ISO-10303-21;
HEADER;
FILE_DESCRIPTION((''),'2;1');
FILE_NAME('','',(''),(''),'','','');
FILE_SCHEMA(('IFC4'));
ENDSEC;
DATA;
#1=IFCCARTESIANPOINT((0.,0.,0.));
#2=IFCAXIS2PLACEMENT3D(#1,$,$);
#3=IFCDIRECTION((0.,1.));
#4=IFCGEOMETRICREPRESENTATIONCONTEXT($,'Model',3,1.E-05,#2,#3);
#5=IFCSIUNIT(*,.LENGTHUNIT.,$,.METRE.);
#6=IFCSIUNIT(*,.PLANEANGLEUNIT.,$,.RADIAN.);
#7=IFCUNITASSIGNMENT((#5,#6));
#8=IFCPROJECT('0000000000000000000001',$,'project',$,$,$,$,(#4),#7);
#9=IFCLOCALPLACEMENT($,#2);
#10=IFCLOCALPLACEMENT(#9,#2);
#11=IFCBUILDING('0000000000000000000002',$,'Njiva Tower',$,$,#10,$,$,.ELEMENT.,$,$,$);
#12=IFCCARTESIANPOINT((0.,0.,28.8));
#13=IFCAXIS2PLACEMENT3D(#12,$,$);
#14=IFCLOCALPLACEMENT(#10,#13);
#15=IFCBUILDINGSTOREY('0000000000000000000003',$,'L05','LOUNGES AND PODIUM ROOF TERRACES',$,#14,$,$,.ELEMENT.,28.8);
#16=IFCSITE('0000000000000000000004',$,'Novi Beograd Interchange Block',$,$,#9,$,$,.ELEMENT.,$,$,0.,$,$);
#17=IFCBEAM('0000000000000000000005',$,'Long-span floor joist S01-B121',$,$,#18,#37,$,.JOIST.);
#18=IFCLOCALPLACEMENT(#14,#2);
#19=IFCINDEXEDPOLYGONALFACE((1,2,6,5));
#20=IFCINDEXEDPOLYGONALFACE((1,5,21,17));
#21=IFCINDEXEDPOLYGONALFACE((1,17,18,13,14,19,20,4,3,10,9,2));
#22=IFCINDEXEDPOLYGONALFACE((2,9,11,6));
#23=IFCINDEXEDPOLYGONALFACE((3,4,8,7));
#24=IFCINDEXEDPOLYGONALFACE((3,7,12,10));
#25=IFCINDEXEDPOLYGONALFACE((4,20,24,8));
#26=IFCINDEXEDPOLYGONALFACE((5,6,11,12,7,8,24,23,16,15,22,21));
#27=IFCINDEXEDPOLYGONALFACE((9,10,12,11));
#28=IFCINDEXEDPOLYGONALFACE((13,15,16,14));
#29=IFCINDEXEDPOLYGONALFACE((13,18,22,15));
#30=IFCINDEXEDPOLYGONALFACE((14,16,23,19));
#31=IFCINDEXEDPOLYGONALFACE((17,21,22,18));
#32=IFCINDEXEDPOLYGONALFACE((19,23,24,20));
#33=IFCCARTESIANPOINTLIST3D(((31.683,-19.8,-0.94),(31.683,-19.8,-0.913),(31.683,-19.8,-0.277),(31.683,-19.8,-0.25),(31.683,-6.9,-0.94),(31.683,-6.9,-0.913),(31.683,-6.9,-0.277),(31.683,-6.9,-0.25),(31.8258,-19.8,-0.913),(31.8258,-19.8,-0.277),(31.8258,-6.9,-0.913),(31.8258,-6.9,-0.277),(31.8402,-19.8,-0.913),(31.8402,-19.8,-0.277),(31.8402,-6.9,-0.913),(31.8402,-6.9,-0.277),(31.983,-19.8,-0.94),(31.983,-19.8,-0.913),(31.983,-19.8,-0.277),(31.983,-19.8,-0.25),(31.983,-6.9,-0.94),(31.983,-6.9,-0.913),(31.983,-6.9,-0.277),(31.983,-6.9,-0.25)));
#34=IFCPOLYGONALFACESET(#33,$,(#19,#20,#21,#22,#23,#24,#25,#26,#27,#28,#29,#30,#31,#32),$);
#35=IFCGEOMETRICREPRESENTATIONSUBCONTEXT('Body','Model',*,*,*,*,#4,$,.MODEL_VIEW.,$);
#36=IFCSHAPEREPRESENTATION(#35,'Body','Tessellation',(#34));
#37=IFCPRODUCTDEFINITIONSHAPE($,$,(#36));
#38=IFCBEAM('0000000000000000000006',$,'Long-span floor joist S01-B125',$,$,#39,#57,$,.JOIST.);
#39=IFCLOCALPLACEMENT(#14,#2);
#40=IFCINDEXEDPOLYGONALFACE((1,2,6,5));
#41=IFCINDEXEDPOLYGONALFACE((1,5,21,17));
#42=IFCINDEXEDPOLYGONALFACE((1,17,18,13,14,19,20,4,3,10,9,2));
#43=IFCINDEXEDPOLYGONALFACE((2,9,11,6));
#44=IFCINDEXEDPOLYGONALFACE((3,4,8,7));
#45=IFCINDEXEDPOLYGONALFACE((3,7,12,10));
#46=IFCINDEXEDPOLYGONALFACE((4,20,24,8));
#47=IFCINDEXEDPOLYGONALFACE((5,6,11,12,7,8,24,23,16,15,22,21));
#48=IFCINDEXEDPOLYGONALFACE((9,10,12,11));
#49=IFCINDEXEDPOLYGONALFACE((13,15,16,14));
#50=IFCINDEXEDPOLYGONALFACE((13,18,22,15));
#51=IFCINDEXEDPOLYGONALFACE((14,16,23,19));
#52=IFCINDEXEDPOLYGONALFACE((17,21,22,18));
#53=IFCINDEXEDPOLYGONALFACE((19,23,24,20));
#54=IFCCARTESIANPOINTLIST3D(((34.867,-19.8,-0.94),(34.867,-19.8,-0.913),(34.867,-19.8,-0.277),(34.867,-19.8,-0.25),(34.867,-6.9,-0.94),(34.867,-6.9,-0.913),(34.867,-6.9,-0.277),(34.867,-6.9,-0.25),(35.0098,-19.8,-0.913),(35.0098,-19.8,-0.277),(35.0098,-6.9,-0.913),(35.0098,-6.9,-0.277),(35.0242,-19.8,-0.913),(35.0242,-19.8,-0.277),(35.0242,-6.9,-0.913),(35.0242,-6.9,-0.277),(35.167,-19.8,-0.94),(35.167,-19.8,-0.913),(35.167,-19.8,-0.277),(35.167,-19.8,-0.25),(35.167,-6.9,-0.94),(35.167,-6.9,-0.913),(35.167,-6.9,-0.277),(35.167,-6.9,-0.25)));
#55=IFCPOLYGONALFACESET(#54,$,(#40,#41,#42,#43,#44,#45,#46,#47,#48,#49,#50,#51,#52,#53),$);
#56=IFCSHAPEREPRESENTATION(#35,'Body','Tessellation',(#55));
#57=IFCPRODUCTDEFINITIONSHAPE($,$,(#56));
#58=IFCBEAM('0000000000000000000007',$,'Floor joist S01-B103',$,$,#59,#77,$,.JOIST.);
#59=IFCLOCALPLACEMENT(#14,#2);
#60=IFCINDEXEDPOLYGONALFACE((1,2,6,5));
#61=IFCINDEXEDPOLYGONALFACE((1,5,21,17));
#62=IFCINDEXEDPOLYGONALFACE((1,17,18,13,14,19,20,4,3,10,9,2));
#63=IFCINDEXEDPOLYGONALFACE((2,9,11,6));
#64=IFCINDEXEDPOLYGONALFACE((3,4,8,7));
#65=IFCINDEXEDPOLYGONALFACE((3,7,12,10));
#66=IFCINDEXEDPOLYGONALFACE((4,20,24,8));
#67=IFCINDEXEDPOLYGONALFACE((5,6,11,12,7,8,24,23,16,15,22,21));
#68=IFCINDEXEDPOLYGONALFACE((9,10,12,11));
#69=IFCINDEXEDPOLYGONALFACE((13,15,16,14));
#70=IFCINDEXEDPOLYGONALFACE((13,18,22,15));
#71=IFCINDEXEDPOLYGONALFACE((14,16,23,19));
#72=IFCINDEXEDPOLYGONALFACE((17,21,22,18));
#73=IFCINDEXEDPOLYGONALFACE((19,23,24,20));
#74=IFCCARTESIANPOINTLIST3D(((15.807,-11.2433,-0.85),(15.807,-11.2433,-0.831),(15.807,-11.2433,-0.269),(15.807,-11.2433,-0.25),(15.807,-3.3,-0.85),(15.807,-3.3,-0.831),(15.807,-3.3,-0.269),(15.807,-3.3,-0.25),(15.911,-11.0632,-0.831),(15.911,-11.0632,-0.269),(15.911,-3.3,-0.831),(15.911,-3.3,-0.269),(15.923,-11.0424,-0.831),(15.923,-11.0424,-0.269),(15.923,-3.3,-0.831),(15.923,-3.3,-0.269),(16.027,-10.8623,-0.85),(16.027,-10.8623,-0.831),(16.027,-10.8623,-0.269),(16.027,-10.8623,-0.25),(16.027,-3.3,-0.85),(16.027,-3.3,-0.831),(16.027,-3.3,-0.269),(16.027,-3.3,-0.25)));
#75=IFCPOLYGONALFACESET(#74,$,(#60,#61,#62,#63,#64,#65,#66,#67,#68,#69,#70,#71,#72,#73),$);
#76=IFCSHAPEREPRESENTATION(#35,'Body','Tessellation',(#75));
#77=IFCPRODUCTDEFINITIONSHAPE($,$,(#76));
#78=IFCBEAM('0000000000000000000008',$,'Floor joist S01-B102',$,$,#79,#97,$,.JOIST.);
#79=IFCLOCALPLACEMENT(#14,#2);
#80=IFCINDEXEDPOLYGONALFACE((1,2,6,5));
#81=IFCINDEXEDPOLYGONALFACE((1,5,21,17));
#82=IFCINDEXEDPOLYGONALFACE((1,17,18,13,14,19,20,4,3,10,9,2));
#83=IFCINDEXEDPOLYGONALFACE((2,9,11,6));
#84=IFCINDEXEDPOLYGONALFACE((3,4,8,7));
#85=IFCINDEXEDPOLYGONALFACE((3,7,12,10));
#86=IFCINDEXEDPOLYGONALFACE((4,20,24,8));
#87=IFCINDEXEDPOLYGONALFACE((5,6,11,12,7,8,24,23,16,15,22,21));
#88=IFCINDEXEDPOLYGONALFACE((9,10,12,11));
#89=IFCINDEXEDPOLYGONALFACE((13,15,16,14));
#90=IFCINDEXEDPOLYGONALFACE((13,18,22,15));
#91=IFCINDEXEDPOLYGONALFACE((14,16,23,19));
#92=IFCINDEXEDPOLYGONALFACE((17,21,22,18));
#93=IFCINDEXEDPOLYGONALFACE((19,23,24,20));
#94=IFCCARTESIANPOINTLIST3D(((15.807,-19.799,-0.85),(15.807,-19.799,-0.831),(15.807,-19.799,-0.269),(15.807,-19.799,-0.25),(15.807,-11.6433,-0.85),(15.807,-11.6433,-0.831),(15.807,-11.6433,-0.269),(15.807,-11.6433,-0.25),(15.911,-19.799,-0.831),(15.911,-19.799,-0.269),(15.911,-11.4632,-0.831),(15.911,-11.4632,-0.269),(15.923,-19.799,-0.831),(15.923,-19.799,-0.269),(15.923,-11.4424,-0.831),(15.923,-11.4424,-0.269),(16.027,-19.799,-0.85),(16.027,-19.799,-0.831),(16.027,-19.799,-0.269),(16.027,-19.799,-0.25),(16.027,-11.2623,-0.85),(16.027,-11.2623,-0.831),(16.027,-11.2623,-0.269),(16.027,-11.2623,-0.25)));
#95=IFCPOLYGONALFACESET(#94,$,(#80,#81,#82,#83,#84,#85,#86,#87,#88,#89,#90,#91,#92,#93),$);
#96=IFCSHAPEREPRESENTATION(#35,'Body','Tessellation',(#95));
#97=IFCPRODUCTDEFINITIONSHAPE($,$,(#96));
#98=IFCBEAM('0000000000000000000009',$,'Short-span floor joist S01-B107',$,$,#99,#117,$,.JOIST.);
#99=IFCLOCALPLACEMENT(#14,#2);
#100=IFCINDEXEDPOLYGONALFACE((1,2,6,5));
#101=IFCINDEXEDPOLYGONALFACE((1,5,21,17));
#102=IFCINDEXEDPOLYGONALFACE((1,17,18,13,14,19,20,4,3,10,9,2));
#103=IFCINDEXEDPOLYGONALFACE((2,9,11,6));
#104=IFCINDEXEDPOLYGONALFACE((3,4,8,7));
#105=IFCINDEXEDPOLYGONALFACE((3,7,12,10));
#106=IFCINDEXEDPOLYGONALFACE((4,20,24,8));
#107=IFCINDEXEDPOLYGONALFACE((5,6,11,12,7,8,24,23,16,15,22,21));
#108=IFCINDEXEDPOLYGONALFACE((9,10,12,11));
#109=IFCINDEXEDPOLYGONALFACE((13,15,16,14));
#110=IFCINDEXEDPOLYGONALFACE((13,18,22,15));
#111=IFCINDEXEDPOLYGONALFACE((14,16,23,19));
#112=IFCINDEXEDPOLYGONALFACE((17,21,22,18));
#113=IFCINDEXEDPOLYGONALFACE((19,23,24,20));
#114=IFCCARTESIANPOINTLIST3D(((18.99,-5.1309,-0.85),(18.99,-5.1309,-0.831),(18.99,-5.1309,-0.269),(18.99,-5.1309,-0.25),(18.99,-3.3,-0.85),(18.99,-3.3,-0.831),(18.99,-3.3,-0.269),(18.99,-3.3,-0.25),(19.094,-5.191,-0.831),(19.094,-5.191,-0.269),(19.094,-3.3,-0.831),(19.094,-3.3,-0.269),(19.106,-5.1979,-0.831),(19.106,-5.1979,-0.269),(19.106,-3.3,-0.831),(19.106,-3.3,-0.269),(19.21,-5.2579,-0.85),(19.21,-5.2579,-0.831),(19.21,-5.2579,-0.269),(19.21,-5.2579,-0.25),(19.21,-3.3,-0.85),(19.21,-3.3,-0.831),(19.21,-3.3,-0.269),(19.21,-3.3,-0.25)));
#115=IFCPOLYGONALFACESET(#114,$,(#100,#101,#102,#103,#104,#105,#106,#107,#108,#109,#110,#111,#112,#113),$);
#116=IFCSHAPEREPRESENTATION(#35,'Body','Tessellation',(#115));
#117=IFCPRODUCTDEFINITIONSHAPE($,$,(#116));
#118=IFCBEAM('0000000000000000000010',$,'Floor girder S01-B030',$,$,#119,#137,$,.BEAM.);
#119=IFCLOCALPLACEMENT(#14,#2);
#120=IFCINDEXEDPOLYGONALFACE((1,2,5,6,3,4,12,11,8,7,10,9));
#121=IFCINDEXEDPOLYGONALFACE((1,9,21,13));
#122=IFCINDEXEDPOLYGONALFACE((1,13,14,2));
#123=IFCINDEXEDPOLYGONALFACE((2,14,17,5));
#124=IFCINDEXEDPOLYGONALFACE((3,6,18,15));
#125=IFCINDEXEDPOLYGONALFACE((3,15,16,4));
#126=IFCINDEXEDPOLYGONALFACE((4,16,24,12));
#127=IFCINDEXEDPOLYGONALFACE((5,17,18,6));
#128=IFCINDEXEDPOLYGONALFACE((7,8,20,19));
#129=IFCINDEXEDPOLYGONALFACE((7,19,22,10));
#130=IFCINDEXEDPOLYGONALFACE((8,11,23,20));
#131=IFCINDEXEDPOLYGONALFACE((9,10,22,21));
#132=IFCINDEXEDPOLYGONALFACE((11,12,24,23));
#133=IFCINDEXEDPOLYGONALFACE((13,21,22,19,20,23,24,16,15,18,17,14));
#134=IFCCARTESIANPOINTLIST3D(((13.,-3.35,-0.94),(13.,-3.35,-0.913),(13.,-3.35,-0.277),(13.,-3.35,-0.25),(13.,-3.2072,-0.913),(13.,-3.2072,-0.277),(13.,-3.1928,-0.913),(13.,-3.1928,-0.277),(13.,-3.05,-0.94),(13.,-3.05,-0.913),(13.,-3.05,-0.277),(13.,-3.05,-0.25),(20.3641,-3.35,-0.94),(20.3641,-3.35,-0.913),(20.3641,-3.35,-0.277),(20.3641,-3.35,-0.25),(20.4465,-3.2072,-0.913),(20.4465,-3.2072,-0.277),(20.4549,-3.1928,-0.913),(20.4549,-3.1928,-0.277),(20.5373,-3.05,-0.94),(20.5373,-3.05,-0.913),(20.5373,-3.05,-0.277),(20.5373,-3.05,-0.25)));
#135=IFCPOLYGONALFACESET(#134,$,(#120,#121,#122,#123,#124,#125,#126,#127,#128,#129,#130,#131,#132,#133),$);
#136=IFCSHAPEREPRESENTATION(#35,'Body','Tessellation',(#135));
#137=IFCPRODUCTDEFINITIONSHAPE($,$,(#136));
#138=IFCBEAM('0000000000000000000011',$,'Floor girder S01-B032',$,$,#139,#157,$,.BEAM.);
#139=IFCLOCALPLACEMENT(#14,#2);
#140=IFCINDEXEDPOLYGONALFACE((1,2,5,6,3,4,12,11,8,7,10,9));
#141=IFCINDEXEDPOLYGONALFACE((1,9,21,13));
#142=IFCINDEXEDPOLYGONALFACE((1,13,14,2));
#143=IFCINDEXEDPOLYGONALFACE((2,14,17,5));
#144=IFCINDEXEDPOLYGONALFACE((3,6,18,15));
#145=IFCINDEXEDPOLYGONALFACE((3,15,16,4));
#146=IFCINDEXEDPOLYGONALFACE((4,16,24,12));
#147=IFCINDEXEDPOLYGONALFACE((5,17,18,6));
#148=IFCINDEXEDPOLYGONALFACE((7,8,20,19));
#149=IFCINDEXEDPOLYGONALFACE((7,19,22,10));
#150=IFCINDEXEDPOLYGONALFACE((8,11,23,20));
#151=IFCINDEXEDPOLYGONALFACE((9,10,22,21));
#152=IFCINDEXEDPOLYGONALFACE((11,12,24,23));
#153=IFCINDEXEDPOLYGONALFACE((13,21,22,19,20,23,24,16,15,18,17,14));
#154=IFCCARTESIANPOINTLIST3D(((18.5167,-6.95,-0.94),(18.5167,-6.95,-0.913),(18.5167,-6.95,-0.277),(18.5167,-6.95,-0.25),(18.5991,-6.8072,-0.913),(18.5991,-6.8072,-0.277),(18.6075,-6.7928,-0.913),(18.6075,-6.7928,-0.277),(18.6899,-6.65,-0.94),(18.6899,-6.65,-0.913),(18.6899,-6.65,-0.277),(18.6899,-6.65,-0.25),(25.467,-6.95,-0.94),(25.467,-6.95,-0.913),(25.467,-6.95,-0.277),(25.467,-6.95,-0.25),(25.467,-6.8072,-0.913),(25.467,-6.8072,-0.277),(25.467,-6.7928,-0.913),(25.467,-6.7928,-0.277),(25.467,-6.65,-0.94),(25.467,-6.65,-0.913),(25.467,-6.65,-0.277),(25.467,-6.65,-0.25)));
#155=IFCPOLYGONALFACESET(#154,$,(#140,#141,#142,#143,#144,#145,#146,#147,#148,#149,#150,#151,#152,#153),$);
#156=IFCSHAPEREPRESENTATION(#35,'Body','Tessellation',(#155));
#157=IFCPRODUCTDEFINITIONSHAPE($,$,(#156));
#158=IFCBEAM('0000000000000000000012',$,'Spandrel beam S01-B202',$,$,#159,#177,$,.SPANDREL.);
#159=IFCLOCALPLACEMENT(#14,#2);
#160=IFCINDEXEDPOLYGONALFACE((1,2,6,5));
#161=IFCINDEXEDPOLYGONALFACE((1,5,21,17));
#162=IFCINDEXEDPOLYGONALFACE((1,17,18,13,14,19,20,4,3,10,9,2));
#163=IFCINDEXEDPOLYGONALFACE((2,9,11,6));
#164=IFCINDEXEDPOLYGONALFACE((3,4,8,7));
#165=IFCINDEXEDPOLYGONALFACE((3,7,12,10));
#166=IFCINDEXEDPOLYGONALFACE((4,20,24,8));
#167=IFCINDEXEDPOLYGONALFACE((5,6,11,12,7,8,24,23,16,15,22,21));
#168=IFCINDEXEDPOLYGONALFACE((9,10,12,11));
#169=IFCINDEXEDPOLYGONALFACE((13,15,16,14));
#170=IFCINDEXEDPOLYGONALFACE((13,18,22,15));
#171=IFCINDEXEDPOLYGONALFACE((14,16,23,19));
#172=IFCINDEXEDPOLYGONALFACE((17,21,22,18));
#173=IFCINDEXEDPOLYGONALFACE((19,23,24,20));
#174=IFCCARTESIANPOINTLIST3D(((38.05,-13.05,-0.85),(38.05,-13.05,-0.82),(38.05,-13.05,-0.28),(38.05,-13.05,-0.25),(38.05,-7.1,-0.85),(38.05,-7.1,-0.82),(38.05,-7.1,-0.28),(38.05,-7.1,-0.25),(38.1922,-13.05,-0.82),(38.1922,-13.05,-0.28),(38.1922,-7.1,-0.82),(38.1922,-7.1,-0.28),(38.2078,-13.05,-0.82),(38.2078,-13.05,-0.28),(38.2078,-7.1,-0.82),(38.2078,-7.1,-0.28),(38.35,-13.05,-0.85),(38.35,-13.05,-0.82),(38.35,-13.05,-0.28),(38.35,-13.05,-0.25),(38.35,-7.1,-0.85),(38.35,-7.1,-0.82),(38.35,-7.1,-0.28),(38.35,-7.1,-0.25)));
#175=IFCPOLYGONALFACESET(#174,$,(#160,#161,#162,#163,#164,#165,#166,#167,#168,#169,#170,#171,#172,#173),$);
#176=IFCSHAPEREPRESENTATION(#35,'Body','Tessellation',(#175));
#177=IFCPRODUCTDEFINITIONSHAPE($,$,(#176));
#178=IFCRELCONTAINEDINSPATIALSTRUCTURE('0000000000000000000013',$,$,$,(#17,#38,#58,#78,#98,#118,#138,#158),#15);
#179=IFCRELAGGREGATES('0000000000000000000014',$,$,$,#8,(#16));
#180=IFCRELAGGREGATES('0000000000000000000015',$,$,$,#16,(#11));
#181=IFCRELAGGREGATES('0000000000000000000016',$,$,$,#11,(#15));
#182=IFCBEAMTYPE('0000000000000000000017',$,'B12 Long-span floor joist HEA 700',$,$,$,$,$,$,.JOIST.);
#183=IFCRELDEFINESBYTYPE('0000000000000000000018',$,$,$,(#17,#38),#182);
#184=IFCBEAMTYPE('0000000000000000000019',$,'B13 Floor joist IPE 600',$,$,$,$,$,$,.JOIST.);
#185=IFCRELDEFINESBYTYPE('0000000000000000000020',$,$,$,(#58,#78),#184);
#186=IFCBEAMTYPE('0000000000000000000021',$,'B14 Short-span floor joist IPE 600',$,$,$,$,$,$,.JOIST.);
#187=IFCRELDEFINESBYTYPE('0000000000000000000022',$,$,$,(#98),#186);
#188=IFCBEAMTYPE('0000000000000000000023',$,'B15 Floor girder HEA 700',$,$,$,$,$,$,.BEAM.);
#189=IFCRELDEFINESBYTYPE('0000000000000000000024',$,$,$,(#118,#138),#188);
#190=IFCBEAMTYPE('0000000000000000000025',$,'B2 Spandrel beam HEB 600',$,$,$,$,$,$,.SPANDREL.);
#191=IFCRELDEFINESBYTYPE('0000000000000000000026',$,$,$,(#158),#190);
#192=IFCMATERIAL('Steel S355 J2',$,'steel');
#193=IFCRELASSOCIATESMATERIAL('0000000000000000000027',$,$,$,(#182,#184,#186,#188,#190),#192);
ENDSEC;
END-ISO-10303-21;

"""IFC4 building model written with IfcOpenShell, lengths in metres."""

from ifc_helpers import new_model, si_unit, direction, frame, origin, origin_2d, place, context, subcontext, project, spatial, i_section, extrude, clip, halfspace, material, material_profile, profile_set, type_object, element, save


model = new_model("IFC4")

# Units and contexts
model_context = context("Model", 3, precision=1e-05, world=origin(), true_north=direction((0.0, 1.0)))
body_context = subcontext(model_context, "Body", "Model", "MODEL_VIEW")
ifc_project = project(units=[si_unit("LENGTHUNIT", "METRE"), si_unit("PLANEANGLEUNIT", "RADIAN")], contexts=[model_context])

# Site, building, storey
site_placement = place(None, origin())
site = spatial("IfcSite", under=ifc_project, at=site_placement, Name="Novi Beograd Interchange Block", CompositionType="ELEMENT", RefElevation=0.0)
building_placement = place(site_placement, origin())
building = spatial("IfcBuilding", under=site, at=building_placement, Name="Njiva Tower", CompositionType="ELEMENT")
storey_placement = place(building_placement, frame((0.0, 0.0, 28.8)))
storey = spatial("IfcBuildingStorey", under=building, at=storey_placement, Name="L05", Description="LOUNGES AND PODIUM ROOF TERRACES", CompositionType="ELEMENT", Elevation=28.8)

# Shared definitions
ifc_material_1 = material(Name="Steel S355 J2", Category="steel")

# Beams
ifc_material_profile_1 = material_profile(ifc_material_1, i_section(OverallWidth=0.3, OverallDepth=0.69, WebThickness=0.0145, FlangeThickness=0.027, at=origin_2d()), Name="HEA 700")
ifc_profile_set_1 = profile_set([ifc_material_profile_1], Name="Steel S355 J2")
beam_type_1 = type_object("IfcBeamType", Name="B12 Long-span floor joist HEA 700", PredefinedType="JOIST", material=ifc_profile_set_1)
for number, where, z_axis, x_axis, name in (
    (1, (31.833, -6.9, -0.595), (0.0, -1.0, 0.0), (1.0, 0.0, 0.0), "Long-span floor joist S01-B121"),
    (2, (35.017, -6.9, -0.595), (0.0, -1.0, 0.0), (1.0, 0.0, 0.0), "Long-span floor joist S01-B125"),
):
    element("IfcBeam", number, at=place(storey_placement, frame(where, z_axis=z_axis, x_axis=x_axis)), inside=storey, type_object=beam_type_1, Name=name, PredefinedType="JOIST", context=body_context, shape_type="SweptSolid", body=[
        extrude(i_section(OverallWidth=0.3, OverallDepth=0.69, WebThickness=0.0145, FlangeThickness=0.027, at=origin_2d()), origin(), (0.0, 0.0, 1.0), 12.9),
    ])
ifc_material_profile_2 = material_profile(ifc_material_1, i_section(OverallWidth=0.22, OverallDepth=0.6, WebThickness=0.012, FlangeThickness=0.019, at=origin_2d()), Name="IPE 600")
ifc_profile_set_2 = profile_set([ifc_material_profile_2], Name="Steel S355 J2")
beam_type_2 = type_object("IfcBeamType", Name="B13 Floor joist IPE 600", PredefinedType="JOIST", material=ifc_profile_set_2)
beam_1_placement = place(storey_placement, frame((15.917, -3.3, -0.55), z_axis=(0.0, -1.0, 0.0), x_axis=(1.0, 0.0, 0.0)))
element("IfcBeam", 3, at=beam_1_placement, inside=storey, type_object=beam_type_2, Name="Floor joist S01-B103", PredefinedType="JOIST", context=body_context, shape_type="Clipping", body=[
    clip(extrude(i_section(OverallWidth=0.22, OverallDepth=0.6, WebThickness=0.012, FlangeThickness=0.019, at=origin_2d()), origin(), (0.0, 0.0, 1.0), 7.964), halfspace(frame((0.043, 0.0, 7.6783), z_axis=(0.866027, 0.0, 0.499998), x_axis=(0.0, 1.0, 0.0)), False)),
])
beam_2_placement = place(storey_placement, frame((15.917, -11.242, -0.55), z_axis=(0.0, -1.0, 0.0), x_axis=(1.0, 0.0, 0.0)))
element("IfcBeam", 4, at=beam_2_placement, inside=storey, type_object=beam_type_2, Name="Floor joist S01-B102", PredefinedType="JOIST", context=body_context, shape_type="Clipping", body=[
    clip(extrude(i_section(OverallWidth=0.22, OverallDepth=0.6, WebThickness=0.012, FlangeThickness=0.019, at=origin_2d()), origin(), (0.0, 0.0, 1.0), 8.557), halfspace(frame((-0.0436, 0.0, 0.2863), z_axis=(-0.866027, 0.0, -0.499998), x_axis=(0.0, -1.0, 0.0)), False)),
])
ifc_material_profile_3 = material_profile(ifc_material_1, i_section(OverallWidth=0.22, OverallDepth=0.6, WebThickness=0.012, FlangeThickness=0.019, at=origin_2d()), Name="IPE 600")
ifc_profile_set_3 = profile_set([ifc_material_profile_3], Name="Steel S355 J2")
beam_type_3 = type_object("IfcBeamType", Name="B14 Short-span floor joist IPE 600", PredefinedType="JOIST", material=ifc_profile_set_3)
beam_3_placement = place(storey_placement, frame((19.1, -3.3, -0.55), z_axis=(0.0, -1.0, 0.0), x_axis=(1.0, 0.0, 0.0)))
element("IfcBeam", 5, at=beam_3_placement, inside=storey, type_object=beam_type_3, Name="Short-span floor joist S01-B107", PredefinedType="JOIST", context=body_context, shape_type="Clipping", body=[
    clip(extrude(i_section(OverallWidth=0.22, OverallDepth=0.6, WebThickness=0.012, FlangeThickness=0.019, at=origin_2d()), origin(), (0.0, 0.0, 1.0), 1.978), halfspace(frame((-0.025, 0.0, 1.88), z_axis=(-0.499998, 0.0, 0.866027), x_axis=(0.0, 1.0, 0.0)), False)),
])
ifc_material_profile_4 = material_profile(ifc_material_1, i_section(OverallWidth=0.3, OverallDepth=0.69, WebThickness=0.0145, FlangeThickness=0.027, at=origin_2d()), Name="HEA 700")
ifc_profile_set_4 = profile_set([ifc_material_profile_4], Name="Steel S355 J2")
beam_type_4 = type_object("IfcBeamType", Name="B15 Floor girder HEA 700", PredefinedType="BEAM", material=ifc_profile_set_4)
beam_4_placement = place(storey_placement, frame((13.0, -3.2, -0.595), z_axis=(1.0, 0.0, 0.0), x_axis=(0.0, 1.0, 0.0)))
element("IfcBeam", 6, at=beam_4_placement, inside=storey, type_object=beam_type_4, Name="Floor girder S01-B030", PredefinedType="BEAM", context=body_context, shape_type="Clipping", body=[
    clip(extrude(i_section(OverallWidth=0.3, OverallDepth=0.69, WebThickness=0.0145, FlangeThickness=0.027, at=origin_2d()), origin(), (0.0, 0.0, 1.0), 7.558), halfspace(frame((-0.025, 0.0, 7.4363), z_axis=(-0.499998, 0.0, 0.866027), x_axis=(0.0, 1.0, 0.0)), False)),
])
beam_5_placement = place(storey_placement, frame((18.496, -6.8, -0.595), z_axis=(1.0, 0.0, 0.0), x_axis=(0.0, 1.0, 0.0)))
element("IfcBeam", 7, at=beam_5_placement, inside=storey, type_object=beam_type_4, Name="Floor girder S01-B032", PredefinedType="BEAM", context=body_context, shape_type="Clipping", body=[
    clip(extrude(i_section(OverallWidth=0.3, OverallDepth=0.69, WebThickness=0.0145, FlangeThickness=0.027, at=origin_2d()), origin(), (0.0, 0.0, 1.0), 6.971), halfspace(frame((0.025, 0.0, 0.1217), z_axis=(0.499998, 0.0, -0.866027), x_axis=(0.0, -1.0, 0.0)), False)),
])
ifc_material_profile_5 = material_profile(ifc_material_1, i_section(OverallWidth=0.3, OverallDepth=0.6, WebThickness=0.0155, FlangeThickness=0.03, at=origin_2d()), Name="HEB 600")
ifc_profile_set_5 = profile_set([ifc_material_profile_5], Name="Steel S355 J2")
beam_type_5 = type_object("IfcBeamType", Name="B2 Spandrel beam HEB 600", PredefinedType="SPANDREL", material=ifc_profile_set_5)
for number, where, z_axis, x_axis, name in (
    (8, (38.2, -13.05, -0.55), (0.0, 1.0, 0.0), (-1.0, 0.0, 0.0), "Spandrel beam S01-B202"),
):
    element("IfcBeam", number, at=place(storey_placement, frame(where, z_axis=z_axis, x_axis=x_axis)), inside=storey, type_object=beam_type_5, Name=name, PredefinedType="SPANDREL", context=body_context, shape_type="SweptSolid", body=[
        extrude(i_section(OverallWidth=0.3, OverallDepth=0.6, WebThickness=0.0155, FlangeThickness=0.03, at=origin_2d()), origin(), (0.0, 0.0, 1.0), 5.95),
    ])

save(model, "model.ifc")
